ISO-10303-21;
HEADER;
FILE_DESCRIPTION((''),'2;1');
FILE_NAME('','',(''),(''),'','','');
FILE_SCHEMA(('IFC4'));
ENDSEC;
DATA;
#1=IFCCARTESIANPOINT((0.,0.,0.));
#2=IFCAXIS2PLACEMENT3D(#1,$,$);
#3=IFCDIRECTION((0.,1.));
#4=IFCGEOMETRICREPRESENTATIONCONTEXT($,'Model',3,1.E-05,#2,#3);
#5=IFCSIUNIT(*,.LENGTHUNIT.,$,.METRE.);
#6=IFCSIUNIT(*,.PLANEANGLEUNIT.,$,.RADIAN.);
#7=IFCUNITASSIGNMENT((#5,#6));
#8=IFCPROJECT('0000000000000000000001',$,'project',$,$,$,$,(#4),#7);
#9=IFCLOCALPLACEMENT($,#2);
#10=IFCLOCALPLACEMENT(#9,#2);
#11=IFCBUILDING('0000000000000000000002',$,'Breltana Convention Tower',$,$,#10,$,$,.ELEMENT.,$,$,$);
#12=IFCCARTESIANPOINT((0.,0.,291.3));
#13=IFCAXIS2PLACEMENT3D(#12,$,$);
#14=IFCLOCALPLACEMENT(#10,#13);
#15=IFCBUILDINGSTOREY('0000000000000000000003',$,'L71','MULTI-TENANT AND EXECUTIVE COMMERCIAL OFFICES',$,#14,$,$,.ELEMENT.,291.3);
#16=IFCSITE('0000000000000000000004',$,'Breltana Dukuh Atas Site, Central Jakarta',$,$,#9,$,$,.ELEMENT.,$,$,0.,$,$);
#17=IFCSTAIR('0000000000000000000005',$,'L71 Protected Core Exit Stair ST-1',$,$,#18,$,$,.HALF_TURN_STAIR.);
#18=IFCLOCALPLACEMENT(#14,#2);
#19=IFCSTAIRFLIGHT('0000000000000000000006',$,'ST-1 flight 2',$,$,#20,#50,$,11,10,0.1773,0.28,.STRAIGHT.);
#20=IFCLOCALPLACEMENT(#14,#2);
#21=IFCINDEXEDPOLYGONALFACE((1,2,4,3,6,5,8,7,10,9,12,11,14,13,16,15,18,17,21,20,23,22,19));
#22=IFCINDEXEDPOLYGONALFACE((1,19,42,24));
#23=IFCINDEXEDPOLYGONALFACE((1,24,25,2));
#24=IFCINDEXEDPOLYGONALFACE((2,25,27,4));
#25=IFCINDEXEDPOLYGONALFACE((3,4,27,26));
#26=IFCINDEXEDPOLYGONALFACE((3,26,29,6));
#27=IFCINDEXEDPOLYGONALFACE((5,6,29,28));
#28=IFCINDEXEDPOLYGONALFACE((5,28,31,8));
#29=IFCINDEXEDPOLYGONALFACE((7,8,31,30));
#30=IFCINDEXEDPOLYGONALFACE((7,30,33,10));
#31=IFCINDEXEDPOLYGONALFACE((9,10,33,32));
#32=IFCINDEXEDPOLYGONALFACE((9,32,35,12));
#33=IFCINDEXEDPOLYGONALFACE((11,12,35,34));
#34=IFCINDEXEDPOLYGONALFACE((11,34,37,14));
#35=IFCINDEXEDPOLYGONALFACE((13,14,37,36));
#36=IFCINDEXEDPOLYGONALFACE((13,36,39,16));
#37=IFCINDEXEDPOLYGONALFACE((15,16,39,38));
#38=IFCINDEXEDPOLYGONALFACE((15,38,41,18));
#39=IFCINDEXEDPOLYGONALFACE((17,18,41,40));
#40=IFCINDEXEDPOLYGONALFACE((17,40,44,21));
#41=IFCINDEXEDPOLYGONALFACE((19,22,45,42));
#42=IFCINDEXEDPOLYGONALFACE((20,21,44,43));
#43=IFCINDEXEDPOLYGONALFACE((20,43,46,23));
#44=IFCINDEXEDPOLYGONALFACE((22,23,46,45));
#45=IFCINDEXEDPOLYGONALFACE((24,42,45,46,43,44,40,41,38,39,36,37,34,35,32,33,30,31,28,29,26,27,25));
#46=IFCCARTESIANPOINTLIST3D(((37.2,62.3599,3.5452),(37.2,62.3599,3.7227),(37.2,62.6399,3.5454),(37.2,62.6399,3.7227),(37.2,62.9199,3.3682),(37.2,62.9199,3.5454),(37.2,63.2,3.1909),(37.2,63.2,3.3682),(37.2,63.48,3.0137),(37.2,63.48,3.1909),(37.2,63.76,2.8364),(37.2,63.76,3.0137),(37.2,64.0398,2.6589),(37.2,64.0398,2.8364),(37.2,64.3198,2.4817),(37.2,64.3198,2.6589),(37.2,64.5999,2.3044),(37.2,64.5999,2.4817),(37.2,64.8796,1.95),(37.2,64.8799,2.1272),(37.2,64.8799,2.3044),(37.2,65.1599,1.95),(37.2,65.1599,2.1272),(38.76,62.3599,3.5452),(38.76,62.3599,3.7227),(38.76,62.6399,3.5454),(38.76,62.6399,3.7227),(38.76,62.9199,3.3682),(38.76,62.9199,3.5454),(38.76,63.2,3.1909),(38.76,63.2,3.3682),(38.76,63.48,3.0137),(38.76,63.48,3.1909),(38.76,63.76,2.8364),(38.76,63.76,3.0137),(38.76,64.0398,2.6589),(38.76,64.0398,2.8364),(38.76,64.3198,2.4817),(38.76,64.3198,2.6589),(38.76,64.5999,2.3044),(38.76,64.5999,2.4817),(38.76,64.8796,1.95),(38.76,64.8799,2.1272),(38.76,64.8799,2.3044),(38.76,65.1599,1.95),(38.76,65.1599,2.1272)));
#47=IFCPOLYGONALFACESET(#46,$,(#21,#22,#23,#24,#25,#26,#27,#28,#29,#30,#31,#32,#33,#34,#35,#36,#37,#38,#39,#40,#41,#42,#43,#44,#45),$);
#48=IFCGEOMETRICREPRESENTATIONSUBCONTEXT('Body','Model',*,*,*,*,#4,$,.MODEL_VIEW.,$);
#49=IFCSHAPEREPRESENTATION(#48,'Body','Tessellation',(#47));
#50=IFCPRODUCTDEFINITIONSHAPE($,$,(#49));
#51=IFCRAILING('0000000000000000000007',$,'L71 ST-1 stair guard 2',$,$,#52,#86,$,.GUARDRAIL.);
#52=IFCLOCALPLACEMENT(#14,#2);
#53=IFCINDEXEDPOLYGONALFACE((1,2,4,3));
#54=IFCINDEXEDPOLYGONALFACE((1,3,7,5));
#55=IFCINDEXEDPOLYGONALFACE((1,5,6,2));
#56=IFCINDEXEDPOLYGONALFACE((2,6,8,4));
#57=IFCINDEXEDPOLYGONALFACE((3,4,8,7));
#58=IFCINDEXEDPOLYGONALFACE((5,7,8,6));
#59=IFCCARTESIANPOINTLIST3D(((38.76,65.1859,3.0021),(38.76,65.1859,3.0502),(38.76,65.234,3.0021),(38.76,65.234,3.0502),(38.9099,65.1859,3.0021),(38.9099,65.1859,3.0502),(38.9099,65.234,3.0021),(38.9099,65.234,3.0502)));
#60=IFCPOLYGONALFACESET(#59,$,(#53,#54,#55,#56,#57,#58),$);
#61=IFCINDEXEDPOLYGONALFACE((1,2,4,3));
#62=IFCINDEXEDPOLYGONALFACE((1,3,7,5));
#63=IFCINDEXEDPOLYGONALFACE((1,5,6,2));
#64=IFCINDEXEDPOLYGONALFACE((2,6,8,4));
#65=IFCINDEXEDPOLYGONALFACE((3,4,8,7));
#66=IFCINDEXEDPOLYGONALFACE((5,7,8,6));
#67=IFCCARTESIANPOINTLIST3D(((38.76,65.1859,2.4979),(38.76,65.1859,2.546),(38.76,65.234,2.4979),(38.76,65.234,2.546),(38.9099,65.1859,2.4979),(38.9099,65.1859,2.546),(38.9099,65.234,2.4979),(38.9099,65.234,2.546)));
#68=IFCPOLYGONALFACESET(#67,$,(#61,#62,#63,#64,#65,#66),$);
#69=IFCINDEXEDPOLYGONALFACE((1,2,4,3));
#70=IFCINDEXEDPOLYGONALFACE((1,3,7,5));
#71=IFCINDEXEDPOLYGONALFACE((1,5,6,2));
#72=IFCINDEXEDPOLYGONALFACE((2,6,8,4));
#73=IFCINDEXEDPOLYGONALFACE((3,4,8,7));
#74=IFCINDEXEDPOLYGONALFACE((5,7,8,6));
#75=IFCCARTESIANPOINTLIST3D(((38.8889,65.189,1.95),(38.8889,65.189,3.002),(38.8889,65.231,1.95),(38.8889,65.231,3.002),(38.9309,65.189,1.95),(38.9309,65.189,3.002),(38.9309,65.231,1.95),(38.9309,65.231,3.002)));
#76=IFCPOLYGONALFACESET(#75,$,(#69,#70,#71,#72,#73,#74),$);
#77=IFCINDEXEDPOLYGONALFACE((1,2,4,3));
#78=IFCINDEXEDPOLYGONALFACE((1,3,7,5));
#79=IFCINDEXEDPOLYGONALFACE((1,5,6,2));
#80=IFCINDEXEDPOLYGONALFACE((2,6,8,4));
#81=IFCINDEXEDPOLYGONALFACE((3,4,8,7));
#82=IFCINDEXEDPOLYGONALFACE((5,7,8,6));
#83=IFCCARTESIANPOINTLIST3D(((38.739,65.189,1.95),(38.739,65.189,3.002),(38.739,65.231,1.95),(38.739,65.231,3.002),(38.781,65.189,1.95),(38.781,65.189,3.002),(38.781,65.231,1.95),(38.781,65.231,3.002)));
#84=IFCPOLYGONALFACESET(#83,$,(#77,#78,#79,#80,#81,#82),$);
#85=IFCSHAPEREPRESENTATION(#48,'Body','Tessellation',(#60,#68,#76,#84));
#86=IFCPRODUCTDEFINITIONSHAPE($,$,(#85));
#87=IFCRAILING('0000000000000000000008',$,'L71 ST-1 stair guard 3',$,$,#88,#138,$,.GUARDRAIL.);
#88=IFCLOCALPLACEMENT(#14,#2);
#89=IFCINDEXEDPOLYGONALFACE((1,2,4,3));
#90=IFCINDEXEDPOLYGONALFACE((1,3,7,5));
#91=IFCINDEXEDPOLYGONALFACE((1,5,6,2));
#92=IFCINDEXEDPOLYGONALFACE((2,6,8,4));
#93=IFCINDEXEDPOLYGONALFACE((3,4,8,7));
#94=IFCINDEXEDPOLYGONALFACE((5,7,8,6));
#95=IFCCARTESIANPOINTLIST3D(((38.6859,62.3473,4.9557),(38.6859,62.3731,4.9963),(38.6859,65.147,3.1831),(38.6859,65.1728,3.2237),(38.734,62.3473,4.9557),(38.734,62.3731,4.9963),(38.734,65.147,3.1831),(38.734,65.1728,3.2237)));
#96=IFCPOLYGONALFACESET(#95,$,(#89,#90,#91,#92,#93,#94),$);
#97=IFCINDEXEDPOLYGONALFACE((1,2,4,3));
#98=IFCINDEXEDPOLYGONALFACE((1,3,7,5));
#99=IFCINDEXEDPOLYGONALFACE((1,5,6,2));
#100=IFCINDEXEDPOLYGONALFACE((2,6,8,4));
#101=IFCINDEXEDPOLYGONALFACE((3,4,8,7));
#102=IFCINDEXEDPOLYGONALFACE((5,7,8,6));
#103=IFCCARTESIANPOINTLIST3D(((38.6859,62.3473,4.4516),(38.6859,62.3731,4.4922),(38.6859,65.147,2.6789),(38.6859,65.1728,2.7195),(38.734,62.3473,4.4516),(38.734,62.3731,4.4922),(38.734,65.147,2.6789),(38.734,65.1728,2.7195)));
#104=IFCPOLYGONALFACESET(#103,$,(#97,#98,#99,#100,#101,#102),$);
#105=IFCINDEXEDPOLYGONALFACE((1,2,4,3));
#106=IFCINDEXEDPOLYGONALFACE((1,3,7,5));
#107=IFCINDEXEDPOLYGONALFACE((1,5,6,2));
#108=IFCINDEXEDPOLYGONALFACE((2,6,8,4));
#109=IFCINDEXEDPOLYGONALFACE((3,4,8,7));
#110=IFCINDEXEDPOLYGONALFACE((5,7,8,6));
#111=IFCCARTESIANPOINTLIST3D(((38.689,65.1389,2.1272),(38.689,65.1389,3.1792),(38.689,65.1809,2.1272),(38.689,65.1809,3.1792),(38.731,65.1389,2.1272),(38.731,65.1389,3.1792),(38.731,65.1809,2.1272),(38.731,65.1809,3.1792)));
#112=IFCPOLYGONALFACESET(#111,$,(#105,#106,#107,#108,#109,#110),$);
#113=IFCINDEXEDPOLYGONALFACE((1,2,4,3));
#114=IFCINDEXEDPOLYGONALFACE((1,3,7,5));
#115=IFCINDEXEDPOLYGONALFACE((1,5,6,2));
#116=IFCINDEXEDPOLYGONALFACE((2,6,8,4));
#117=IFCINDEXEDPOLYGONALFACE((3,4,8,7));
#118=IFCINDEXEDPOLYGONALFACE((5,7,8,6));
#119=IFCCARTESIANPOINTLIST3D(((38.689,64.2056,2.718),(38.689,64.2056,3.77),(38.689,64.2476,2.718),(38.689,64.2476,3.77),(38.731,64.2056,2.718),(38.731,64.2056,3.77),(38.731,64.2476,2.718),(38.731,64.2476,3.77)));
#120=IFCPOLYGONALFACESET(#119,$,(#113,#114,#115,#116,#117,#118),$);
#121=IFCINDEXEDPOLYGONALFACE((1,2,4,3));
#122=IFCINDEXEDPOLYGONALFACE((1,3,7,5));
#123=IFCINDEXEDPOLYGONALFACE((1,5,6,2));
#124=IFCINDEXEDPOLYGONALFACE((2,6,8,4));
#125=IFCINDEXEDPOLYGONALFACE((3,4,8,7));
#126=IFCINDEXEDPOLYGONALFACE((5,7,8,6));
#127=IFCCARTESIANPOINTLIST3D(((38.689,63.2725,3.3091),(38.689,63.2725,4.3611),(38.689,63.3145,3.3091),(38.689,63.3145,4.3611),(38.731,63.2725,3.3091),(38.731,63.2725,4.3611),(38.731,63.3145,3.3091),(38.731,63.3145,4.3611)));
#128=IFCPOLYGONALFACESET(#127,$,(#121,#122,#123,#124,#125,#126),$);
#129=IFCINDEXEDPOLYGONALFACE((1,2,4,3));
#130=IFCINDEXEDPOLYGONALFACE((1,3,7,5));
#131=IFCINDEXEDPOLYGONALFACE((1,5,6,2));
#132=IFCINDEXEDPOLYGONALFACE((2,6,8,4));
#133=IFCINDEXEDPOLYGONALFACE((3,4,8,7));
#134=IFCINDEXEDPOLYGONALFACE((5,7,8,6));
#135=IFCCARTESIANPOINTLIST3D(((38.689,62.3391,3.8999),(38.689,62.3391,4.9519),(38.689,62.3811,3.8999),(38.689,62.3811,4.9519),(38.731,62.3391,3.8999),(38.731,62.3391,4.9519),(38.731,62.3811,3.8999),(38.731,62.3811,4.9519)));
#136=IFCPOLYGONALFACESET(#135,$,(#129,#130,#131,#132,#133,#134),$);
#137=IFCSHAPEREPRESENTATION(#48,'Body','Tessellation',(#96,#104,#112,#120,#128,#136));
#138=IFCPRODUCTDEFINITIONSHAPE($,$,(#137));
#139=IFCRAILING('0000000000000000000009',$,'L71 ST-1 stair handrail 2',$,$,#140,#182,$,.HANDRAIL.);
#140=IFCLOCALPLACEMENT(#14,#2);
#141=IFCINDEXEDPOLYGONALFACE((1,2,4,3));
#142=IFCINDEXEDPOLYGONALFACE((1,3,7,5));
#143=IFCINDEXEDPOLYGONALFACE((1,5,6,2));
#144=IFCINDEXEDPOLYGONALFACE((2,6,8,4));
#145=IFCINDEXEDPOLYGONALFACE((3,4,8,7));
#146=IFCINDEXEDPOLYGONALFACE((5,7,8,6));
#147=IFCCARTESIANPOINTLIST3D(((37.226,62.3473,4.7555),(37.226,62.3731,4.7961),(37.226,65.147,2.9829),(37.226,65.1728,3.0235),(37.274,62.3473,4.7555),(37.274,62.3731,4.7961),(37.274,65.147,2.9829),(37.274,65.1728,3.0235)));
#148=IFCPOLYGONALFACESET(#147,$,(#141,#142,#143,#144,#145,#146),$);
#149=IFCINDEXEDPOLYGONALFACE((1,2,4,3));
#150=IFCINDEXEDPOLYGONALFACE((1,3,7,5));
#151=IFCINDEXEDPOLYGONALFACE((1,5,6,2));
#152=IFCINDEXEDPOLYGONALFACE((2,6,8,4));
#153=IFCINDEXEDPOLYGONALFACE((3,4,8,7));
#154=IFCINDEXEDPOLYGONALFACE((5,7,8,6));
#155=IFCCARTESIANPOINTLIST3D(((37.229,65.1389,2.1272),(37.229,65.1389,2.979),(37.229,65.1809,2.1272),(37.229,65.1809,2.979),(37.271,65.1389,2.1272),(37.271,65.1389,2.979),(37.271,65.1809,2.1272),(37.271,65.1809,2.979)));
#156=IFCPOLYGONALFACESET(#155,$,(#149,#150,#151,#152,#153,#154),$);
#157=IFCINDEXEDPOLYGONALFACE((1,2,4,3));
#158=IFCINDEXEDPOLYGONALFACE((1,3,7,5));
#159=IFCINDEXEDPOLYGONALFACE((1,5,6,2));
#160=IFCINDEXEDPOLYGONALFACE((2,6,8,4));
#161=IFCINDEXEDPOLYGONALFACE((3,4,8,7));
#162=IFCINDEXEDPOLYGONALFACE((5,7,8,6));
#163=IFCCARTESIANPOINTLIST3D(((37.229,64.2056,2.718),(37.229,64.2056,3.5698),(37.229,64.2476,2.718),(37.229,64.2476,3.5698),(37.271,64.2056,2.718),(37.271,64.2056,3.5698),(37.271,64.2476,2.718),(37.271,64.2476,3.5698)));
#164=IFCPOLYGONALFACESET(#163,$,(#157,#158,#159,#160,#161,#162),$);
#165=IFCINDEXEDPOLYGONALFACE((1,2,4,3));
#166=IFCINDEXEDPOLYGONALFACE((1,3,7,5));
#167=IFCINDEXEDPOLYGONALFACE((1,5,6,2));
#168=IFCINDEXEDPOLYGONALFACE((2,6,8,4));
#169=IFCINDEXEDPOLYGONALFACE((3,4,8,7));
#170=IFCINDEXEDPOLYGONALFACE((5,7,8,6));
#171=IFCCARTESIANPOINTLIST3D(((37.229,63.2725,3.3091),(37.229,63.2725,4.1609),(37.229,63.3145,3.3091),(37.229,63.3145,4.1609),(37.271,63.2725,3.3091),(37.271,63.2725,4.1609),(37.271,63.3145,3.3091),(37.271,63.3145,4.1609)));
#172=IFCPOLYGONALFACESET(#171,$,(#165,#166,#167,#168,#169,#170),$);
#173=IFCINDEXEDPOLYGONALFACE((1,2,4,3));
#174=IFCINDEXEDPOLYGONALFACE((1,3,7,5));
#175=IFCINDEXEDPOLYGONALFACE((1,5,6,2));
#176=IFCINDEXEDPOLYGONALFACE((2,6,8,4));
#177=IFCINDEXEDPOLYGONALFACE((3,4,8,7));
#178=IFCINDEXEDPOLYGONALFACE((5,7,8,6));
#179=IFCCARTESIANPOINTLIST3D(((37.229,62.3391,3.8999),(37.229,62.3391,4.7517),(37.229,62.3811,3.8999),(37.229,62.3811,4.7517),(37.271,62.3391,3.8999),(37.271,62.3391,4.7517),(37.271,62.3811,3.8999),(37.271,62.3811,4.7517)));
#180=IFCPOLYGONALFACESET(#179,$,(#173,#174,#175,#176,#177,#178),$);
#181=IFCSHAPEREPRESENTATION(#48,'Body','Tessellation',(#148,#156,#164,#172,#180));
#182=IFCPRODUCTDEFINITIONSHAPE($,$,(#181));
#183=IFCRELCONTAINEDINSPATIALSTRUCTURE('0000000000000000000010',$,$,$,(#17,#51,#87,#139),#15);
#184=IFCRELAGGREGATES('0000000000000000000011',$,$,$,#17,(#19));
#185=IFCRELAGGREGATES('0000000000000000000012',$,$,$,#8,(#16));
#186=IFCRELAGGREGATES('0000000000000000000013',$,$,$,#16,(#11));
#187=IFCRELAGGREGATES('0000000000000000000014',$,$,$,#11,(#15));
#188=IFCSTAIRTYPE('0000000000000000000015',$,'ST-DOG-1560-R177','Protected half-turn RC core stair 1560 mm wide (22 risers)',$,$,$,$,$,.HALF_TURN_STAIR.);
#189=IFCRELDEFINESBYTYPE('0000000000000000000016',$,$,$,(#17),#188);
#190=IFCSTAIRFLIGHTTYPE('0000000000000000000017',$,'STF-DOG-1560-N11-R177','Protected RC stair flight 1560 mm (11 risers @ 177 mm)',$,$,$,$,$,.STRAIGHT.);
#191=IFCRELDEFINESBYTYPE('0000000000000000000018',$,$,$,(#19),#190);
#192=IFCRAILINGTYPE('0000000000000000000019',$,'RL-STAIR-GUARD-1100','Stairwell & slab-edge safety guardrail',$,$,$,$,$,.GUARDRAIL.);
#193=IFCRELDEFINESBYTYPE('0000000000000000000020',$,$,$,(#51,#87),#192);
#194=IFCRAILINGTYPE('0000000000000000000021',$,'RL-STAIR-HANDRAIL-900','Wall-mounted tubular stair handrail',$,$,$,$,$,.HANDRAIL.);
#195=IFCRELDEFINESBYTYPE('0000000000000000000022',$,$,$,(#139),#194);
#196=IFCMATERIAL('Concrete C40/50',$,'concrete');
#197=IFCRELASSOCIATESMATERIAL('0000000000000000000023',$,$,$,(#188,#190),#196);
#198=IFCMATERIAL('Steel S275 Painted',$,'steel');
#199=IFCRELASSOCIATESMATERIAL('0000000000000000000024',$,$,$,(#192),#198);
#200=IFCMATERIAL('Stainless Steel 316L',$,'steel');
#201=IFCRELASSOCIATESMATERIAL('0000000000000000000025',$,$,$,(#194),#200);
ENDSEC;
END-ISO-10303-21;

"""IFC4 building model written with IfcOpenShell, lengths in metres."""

from ifc_helpers import new_model, si_unit, direction, frame, origin, origin_2d, place, context, subcontext, project, spatial, polyline, rectangle, outline, extrude, material, type_object, element, aggregate, save


model = new_model("IFC4")

# Units and contexts
model_context = context("Model", 3, precision=1e-05, world=origin(), true_north=direction((0.0, 1.0)))
body_context = subcontext(model_context, "Body", "Model", "MODEL_VIEW")
ifc_project = project(units=[si_unit("LENGTHUNIT", "METRE"), si_unit("PLANEANGLEUNIT", "RADIAN")], contexts=[model_context])

# Site, building, storey
site_placement = place(None, origin())
site = spatial("IfcSite", under=ifc_project, at=site_placement, Name="Breltana Dukuh Atas Site, Central Jakarta", CompositionType="ELEMENT", RefElevation=0.0)
building_placement = place(site_placement, origin())
building = spatial("IfcBuilding", under=site, at=building_placement, Name="Breltana Convention Tower", CompositionType="ELEMENT")
storey_placement = place(building_placement, frame((0.0, 0.0, 291.3)))
storey = spatial("IfcBuildingStorey", under=building, at=storey_placement, Name="L71", Description="MULTI-TENANT AND EXECUTIVE COMMERCIAL OFFICES", CompositionType="ELEMENT", Elevation=291.3)

# Stair, stair flight
ifc_material_1 = material(Name="Concrete C40/50", Category="concrete")
stair_type = type_object("IfcStairType", Name="ST-DOG-1560-R177", Description="Protected half-turn RC core stair 1560 mm wide (22 risers)", PredefinedType="HALF_TURN_STAIR", material=ifc_material_1)
stair_placement = place(storey_placement, origin())
stair = element("IfcStair", 1, at=stair_placement, inside=storey, type_object=stair_type, Name="L71 Protected Core Exit Stair ST-1", PredefinedType="HALF_TURN_STAIR")
stair_flight_type = type_object("IfcStairFlightType", Name="STF-DOG-1560-N11-R177", Description="Protected RC stair flight 1560 mm (11 risers @ 177 mm)", PredefinedType="STRAIGHT", material=ifc_material_1)
stair_flight_placement = place(storey_placement, frame((37.98, 65.1599, 1.95), z_axis=(0.0, 0.0, 1.0), x_axis=(0.0, -1.0, 0.0)))
stair_flight = element("IfcStairFlight", 2, at=stair_flight_placement, type_object=stair_flight_type, Name="ST-1 flight 2", NumberOfRisers=11, NumberOfTreads=10, PredefinedType="STRAIGHT", RiserHeight=0.1773, TreadLength=0.28, context=body_context, shape_type="SweptSolid", body=[
    extrude(outline(polyline([(0.0, 0.0), (0.0, 0.1772), (0.28, 0.1772), (0.28, 0.3545), (0.5601, 0.3545), (0.5601, 0.5317), (0.8401, 0.5317), (0.8401, 0.709), (1.1201, 0.709), (1.1201, 0.8865), (1.3999, 0.8865), (1.3999, 1.0637), (1.6799, 1.0637), (1.6799, 1.241), (1.96, 1.241), (1.96, 1.4182), (2.24, 1.4182), (2.24, 1.5955), (2.52, 1.5955), (2.52, 1.7727), (2.8, 1.7727), (2.8, 1.95), (2.8, 1.5952), (0.2803, 0.0), (0.0, 0.0)])), frame((0.0, 0.78, 0.0), z_axis=(0.0, -1.0, 0.0), x_axis=(1.0, 0.0, 0.0)), (0.0, 0.0, 1.0), 1.5601),
])
aggregate(stair, [stair_flight])

# Railings
ifc_material_2 = material(Name="Steel S275 Painted", Category="steel")
railing_type_1 = type_object("IfcRailingType", Name="RL-STAIR-GUARD-1100", Description="Stairwell & slab-edge safety guardrail", PredefinedType="GUARDRAIL", material=ifc_material_2)
railing_1_placement = place(storey_placement, frame((38.9099, 65.21, 1.95)))
element("IfcRailing", 3, at=railing_1_placement, inside=storey, type_object=railing_type_1, Name="L71 ST-1 stair guard 2", PredefinedType="GUARDRAIL", context=body_context, shape_type="SweptSolid", body=[
    extrude(rectangle(XDim=0.0481, YDim=0.0481, at=origin_2d()), frame((0.0, 0.0, 1.0762), z_axis=(-1.0, 0.0, 0.0), x_axis=(0.0, -1.0, 0.0)), (0.0, 0.0, 1.0), 0.1499),
    extrude(rectangle(XDim=0.0481, YDim=0.0481, at=origin_2d()), frame((0.0, 0.0, 0.572), z_axis=(-1.0, 0.0, 0.0), x_axis=(0.0, -1.0, 0.0)), (0.0, 0.0, 1.0), 0.1499),
    extrude(rectangle(XDim=0.042, YDim=0.042, at=origin_2d()), origin(), (0.0, 0.0, 1.0), 1.052),
    extrude(rectangle(XDim=0.042, YDim=0.042, at=origin_2d()), frame((-0.1499, 0.0, 0.0)), (0.0, 0.0, 1.0), 1.052),
])
railing_2_placement = place(storey_placement, frame((38.71, 65.1599, 2.1272)))
element("IfcRailing", 4, at=railing_2_placement, inside=storey, type_object=railing_type_1, Name="L71 ST-1 stair guard 3", PredefinedType="GUARDRAIL", context=body_context, shape_type="SweptSolid", body=[
    extrude(rectangle(XDim=0.0481, YDim=0.0481, at=origin_2d()), frame((0.0, 0.0, 1.0762), z_axis=(0.0, -0.844888, 0.534943), x_axis=(1.0, 0.0, 0.0)), (0.0, 0.0, 1.0), 3.3137),
    extrude(rectangle(XDim=0.0481, YDim=0.0481, at=origin_2d()), frame((0.0, 0.0, 0.572), z_axis=(0.0, -0.844888, 0.534943), x_axis=(1.0, 0.0, 0.0)), (0.0, 0.0, 1.0), 3.3137),
    extrude(rectangle(XDim=0.042, YDim=0.042, at=origin_2d()), origin(), (0.0, 0.0, 1.0), 1.052),
    extrude(rectangle(XDim=0.042, YDim=0.042, at=origin_2d()), frame((0.0, -0.9333, 0.5908)), (0.0, 0.0, 1.0), 1.052),
    extrude(rectangle(XDim=0.042, YDim=0.042, at=origin_2d()), frame((0.0, -1.8665, 1.1819)), (0.0, 0.0, 1.0), 1.052),
    extrude(rectangle(XDim=0.042, YDim=0.042, at=origin_2d()), frame((0.0, -2.7998, 1.7727)), (0.0, 0.0, 1.0), 1.052),
])
ifc_material_3 = material(Name="Stainless Steel 316L", Category="steel")
railing_type_2 = type_object("IfcRailingType", Name="RL-STAIR-HANDRAIL-900", Description="Wall-mounted tubular stair handrail", PredefinedType="HANDRAIL", material=ifc_material_3)
railing_3_placement = place(storey_placement, frame((37.25, 65.1599, 2.1272)))
element("IfcRailing", 5, at=railing_3_placement, inside=storey, type_object=railing_type_2, Name="L71 ST-1 stair handrail 2", PredefinedType="HANDRAIL", context=body_context, shape_type="SweptSolid", body=[
    extrude(rectangle(XDim=0.0481, YDim=0.0481, at=origin_2d()), frame((0.0, 0.0, 0.876), z_axis=(0.0, -0.844888, 0.534943), x_axis=(1.0, 0.0, 0.0)), (0.0, 0.0, 1.0), 3.3137),
    extrude(rectangle(XDim=0.042, YDim=0.042, at=origin_2d()), origin(), (0.0, 0.0, 1.0), 0.8518),
    extrude(rectangle(XDim=0.042, YDim=0.042, at=origin_2d()), frame((0.0, -0.9333, 0.5908)), (0.0, 0.0, 1.0), 0.8518),
    extrude(rectangle(XDim=0.042, YDim=0.042, at=origin_2d()), frame((0.0, -1.8665, 1.1819)), (0.0, 0.0, 1.0), 0.8518),
    extrude(rectangle(XDim=0.042, YDim=0.042, at=origin_2d()), frame((0.0, -2.7998, 1.7727)), (0.0, 0.0, 1.0), 0.8518),
])

save(model, "model.ifc")
